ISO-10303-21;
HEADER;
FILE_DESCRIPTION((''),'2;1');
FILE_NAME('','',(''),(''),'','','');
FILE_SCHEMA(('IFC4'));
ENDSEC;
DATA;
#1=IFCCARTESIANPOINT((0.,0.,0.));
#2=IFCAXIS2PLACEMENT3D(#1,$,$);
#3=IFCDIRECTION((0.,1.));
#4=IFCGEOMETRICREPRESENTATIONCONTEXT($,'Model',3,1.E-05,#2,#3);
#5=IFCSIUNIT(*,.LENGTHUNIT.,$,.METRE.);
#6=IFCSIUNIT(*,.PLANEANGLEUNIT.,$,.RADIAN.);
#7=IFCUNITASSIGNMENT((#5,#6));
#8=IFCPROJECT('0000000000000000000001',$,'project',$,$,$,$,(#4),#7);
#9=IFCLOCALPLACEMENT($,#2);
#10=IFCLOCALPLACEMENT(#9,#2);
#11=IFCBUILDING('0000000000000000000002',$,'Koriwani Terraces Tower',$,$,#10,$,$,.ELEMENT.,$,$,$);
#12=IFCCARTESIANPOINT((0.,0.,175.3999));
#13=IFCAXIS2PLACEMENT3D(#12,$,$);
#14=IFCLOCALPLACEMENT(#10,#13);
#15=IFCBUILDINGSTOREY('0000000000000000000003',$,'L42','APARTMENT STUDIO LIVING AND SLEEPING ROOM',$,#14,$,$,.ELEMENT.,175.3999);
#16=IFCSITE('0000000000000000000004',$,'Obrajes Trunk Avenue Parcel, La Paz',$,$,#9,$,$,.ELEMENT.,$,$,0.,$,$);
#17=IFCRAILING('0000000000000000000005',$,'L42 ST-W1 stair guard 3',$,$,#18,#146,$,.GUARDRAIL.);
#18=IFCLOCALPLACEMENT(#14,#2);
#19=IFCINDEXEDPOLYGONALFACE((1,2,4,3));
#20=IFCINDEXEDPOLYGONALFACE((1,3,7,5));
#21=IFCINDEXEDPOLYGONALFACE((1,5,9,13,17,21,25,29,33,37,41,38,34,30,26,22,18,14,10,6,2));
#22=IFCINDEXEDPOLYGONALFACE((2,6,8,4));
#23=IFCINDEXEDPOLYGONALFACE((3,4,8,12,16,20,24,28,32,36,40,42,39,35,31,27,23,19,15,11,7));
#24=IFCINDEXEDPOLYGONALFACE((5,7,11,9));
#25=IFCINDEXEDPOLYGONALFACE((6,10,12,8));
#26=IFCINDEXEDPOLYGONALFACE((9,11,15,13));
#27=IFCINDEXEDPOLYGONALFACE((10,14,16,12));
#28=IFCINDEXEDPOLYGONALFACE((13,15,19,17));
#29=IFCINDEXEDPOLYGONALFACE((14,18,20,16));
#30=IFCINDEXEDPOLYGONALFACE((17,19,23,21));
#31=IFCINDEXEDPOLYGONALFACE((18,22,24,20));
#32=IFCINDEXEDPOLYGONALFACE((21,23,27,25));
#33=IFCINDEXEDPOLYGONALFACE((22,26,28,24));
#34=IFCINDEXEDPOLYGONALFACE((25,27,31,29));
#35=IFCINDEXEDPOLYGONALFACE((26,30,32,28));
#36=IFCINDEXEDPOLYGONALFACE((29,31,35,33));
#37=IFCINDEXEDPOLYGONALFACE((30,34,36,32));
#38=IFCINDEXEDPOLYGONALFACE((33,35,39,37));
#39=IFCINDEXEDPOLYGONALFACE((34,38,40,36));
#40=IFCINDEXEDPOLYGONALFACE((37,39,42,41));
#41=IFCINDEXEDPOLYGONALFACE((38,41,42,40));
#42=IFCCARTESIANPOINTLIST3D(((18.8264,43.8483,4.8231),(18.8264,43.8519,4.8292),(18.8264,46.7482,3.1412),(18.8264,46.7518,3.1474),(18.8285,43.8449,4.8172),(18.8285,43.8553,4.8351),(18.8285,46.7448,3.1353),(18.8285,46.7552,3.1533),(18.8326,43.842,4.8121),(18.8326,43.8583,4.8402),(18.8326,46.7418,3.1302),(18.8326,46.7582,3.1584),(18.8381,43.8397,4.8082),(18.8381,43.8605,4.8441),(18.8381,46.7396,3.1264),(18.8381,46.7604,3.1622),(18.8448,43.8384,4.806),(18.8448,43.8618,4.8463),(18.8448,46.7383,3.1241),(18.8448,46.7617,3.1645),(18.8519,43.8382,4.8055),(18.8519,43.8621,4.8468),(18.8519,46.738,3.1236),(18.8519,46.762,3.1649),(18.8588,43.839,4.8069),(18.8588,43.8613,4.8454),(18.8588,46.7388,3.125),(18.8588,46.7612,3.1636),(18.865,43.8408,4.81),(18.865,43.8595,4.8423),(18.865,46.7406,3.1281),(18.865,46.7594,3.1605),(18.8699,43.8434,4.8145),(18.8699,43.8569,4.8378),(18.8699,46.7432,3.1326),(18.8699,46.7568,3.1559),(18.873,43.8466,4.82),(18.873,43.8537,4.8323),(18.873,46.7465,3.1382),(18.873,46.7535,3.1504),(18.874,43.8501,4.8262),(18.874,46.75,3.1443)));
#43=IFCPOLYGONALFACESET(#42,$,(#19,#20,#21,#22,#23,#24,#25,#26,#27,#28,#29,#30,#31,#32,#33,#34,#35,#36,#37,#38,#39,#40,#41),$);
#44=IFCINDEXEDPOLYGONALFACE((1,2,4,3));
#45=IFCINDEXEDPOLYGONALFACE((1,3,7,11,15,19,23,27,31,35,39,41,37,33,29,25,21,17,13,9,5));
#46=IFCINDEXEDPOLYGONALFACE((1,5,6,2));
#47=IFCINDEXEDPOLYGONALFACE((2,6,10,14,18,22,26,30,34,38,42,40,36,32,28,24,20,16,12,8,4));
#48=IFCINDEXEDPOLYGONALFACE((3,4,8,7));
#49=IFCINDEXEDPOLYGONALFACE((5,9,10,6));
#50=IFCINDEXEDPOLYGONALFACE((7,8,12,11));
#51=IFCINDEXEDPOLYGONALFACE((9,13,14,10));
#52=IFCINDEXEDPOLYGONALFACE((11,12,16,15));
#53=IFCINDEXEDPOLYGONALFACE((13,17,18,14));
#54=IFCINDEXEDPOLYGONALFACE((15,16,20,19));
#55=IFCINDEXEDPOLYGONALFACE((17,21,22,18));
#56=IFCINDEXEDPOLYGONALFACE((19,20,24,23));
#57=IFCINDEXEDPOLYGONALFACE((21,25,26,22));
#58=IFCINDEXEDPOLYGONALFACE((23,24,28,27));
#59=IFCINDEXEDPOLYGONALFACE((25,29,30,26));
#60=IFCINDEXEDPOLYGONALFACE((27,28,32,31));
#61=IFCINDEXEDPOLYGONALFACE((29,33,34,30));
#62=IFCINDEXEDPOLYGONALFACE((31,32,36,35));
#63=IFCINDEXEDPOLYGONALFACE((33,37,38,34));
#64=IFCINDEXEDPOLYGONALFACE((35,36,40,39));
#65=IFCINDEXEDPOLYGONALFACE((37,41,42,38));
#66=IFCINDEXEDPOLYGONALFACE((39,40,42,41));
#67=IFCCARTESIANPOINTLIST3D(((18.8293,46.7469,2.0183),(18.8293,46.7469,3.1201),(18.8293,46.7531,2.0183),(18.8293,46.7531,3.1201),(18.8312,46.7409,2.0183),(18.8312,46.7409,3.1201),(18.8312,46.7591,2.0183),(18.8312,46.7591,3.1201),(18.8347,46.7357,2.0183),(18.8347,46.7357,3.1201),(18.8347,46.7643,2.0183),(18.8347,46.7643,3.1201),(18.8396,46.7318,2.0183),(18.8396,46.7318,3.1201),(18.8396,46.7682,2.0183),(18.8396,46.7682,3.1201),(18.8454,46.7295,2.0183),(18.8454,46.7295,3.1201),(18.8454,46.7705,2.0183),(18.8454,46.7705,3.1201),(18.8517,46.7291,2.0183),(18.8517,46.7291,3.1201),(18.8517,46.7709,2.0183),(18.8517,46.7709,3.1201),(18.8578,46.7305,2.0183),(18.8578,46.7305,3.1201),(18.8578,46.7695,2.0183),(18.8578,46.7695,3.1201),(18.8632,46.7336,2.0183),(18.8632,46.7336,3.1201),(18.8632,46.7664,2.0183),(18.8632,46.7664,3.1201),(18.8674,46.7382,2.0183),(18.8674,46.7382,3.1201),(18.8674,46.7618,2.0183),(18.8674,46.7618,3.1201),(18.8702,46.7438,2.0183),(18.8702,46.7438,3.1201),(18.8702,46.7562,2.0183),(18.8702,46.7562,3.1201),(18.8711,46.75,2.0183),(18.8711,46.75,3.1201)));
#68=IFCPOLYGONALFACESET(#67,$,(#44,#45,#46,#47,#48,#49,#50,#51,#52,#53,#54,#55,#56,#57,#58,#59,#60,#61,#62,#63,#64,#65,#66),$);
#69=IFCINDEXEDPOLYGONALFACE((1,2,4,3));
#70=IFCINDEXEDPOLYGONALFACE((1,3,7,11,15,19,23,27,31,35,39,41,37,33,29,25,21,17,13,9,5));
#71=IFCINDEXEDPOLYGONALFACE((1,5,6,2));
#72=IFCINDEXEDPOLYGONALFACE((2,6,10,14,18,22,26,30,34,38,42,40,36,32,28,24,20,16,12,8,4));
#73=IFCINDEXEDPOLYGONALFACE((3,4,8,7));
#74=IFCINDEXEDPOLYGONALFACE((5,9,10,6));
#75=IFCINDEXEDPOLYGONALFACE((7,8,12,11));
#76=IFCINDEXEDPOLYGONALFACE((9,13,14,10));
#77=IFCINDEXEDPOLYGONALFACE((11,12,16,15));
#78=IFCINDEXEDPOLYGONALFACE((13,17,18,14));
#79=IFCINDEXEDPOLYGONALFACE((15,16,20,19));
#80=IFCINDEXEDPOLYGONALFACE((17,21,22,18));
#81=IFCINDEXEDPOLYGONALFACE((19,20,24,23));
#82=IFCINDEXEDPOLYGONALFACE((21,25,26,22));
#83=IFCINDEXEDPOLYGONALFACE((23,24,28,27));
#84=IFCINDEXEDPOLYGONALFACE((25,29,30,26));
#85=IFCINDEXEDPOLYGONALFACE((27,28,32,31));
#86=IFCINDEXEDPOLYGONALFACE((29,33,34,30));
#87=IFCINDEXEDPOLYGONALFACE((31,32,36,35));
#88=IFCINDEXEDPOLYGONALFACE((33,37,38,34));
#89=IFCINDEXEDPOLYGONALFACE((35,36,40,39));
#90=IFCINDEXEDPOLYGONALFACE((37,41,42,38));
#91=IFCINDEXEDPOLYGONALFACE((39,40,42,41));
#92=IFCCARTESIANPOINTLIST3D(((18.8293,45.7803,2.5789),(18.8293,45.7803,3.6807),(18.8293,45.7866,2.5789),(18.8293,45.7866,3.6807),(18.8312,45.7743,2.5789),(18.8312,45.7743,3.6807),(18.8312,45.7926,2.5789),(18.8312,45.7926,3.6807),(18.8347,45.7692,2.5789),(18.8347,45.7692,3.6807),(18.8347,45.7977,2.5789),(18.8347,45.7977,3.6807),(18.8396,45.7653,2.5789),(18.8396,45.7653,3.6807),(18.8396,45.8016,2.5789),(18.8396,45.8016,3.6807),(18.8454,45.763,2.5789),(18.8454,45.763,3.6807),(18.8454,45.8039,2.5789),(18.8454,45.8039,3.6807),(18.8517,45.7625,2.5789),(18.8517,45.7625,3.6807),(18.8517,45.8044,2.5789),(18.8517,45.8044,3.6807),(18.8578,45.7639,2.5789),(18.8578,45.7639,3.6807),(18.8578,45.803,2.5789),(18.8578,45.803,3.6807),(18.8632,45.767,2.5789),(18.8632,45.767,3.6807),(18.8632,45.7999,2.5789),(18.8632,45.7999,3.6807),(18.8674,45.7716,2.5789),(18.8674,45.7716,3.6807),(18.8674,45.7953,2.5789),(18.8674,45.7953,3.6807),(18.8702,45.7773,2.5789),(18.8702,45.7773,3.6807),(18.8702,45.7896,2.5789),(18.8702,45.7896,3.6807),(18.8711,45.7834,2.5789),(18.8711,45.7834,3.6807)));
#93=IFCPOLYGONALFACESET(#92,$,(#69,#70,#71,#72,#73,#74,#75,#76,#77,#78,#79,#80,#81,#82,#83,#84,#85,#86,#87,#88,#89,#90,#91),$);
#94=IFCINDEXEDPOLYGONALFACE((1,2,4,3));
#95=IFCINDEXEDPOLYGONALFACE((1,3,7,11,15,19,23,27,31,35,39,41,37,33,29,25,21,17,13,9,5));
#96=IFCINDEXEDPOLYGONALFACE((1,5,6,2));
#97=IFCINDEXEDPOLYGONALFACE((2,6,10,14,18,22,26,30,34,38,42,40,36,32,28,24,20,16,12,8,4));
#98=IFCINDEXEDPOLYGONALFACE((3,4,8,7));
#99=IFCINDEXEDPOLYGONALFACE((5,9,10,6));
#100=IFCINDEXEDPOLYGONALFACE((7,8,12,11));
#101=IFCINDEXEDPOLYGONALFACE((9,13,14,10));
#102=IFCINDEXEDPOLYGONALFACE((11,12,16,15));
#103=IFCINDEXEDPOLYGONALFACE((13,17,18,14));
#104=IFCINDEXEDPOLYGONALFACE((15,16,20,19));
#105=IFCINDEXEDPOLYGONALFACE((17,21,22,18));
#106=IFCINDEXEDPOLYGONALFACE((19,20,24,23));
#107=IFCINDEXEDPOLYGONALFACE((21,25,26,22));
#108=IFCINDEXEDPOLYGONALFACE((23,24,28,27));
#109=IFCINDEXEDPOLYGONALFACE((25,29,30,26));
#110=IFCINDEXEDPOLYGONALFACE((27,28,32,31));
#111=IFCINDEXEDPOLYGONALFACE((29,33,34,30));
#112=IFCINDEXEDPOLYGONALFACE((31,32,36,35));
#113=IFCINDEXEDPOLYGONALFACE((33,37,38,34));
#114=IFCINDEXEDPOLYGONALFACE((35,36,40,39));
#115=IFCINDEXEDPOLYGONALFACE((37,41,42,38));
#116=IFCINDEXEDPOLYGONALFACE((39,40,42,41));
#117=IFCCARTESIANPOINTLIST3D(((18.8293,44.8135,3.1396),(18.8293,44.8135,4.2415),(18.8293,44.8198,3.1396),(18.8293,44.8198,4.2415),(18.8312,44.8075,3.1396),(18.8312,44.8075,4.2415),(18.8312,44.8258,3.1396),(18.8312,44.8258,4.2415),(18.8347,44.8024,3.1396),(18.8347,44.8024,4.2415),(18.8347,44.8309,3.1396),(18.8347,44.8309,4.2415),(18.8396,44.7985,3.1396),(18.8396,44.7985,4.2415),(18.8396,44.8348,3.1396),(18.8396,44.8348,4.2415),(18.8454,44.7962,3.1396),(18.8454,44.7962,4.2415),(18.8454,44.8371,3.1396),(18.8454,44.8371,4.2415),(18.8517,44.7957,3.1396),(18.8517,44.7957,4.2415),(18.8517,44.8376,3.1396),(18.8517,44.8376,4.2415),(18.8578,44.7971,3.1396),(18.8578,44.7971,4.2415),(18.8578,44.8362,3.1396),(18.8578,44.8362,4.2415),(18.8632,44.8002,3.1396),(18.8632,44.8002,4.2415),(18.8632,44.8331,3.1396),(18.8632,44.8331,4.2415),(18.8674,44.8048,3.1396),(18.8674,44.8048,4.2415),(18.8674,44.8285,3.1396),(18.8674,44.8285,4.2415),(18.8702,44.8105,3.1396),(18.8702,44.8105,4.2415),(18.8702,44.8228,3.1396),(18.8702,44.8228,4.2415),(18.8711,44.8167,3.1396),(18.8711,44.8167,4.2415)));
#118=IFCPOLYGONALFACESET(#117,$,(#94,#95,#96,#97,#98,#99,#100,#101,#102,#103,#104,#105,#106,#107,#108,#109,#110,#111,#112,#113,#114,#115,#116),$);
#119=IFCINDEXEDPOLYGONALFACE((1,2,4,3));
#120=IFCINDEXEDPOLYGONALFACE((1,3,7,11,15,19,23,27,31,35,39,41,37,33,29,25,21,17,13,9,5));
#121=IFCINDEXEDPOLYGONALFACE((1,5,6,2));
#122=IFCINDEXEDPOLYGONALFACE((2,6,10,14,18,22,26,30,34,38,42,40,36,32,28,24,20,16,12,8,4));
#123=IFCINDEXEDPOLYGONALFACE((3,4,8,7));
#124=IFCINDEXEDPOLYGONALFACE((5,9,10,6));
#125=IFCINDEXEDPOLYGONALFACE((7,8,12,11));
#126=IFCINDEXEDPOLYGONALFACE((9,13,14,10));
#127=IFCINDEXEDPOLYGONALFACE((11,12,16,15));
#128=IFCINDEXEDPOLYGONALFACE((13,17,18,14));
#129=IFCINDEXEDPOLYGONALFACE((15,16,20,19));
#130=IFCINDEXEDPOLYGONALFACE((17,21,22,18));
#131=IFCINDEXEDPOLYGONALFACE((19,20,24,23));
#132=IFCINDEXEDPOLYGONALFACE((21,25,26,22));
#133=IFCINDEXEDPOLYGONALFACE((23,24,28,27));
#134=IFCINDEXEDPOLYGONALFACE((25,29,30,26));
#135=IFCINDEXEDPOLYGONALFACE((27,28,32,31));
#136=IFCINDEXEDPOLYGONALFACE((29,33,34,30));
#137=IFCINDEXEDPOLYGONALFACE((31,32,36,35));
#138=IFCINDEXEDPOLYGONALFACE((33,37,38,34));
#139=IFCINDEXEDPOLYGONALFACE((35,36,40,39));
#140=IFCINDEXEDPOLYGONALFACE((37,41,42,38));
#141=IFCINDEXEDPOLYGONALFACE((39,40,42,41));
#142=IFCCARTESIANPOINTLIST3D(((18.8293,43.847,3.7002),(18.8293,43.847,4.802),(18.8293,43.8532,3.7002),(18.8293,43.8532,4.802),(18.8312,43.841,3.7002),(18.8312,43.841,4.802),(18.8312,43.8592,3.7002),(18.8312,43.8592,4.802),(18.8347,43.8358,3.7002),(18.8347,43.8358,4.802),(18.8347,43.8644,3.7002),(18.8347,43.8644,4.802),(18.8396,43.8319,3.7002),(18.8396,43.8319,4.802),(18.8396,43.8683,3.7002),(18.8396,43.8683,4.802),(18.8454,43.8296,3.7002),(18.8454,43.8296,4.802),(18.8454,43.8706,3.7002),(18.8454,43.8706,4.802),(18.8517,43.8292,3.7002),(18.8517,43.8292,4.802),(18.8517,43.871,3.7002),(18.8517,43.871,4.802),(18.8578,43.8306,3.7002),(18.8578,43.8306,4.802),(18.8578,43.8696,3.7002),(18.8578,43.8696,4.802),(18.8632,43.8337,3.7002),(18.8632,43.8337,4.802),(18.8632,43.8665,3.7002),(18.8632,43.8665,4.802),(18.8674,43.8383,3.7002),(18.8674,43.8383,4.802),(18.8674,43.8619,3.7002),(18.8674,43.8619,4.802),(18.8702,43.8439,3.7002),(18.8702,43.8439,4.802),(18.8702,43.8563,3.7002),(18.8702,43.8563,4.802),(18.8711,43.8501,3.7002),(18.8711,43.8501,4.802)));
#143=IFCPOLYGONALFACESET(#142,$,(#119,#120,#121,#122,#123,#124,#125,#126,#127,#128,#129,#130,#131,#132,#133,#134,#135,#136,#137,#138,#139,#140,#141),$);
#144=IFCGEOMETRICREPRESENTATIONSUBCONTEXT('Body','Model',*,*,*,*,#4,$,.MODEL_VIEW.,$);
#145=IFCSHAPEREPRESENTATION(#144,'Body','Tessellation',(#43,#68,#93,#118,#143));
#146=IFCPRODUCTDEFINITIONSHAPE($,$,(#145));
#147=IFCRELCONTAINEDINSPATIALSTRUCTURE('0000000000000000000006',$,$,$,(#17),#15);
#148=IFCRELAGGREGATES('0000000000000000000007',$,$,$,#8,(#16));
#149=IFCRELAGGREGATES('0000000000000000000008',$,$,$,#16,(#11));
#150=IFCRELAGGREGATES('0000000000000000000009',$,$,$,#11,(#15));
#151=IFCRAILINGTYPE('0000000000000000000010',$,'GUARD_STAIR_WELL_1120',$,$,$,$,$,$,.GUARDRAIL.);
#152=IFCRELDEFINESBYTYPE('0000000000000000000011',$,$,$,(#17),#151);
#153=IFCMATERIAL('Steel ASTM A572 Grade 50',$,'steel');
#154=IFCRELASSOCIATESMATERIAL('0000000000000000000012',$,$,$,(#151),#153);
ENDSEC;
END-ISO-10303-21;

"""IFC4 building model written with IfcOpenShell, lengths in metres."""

from ifc_helpers import new_model, si_unit, direction, frame, origin, origin_2d, place, context, subcontext, project, spatial, circle, extrude, material, type_object, element, save


model = new_model("IFC4")

# Units and contexts
model_context = context("Model", 3, precision=1e-05, world=origin(), true_north=direction((0.0, 1.0)))
body_context = subcontext(model_context, "Body", "Model", "MODEL_VIEW")
ifc_project = project(units=[si_unit("LENGTHUNIT", "METRE"), si_unit("PLANEANGLEUNIT", "RADIAN")], contexts=[model_context])

# Site, building, storey
site_placement = place(None, origin())
site = spatial("IfcSite", under=ifc_project, at=site_placement, Name="Obrajes Trunk Avenue Parcel, La Paz", CompositionType="ELEMENT", RefElevation=0.0)
building_placement = place(site_placement, origin())
building = spatial("IfcBuilding", under=site, at=building_placement, Name="Koriwani Terraces Tower", CompositionType="ELEMENT")
storey_placement = place(building_placement, frame((0.0, 0.0, 175.3999)))
storey = spatial("IfcBuildingStorey", under=building, at=storey_placement, Name="L42", Description="APARTMENT STUDIO LIVING AND SLEEPING ROOM", CompositionType="ELEMENT", Elevation=175.3999)

# Shared definitions
ifc_material_1 = material(Name="Steel ASTM A572 Grade 50", Category="steel")

# Railing
railing_type_1 = type_object("IfcRailingType", Name="GUARD_STAIR_WELL_1120", PredefinedType="GUARDRAIL", material=ifc_material_1)
railing_1_placement = place(storey_placement, frame((18.8501, 46.75, 2.0183)))
element("IfcRailing", 1, at=railing_1_placement, inside=storey, type_object=railing_type_1, Name="L42 ST-W1 stair guard 3", PredefinedType="GUARDRAIL", context=body_context, shape_type="SweptSolid", body=[
    extrude(circle(Radius=0.0239, at=origin_2d()), frame((0.0, 0.0, 1.126), z_axis=(0.0, -0.865039, 0.501705), x_axis=(1.0, 0.0, 0.0)), (0.0, 0.0, 1.0), 3.3523),
    extrude(circle(Radius=0.021, at=origin_2d()), origin(), (0.0, 0.0, 1.0), 1.1018),
    extrude(circle(Radius=0.021, at=origin_2d()), frame((0.0, -0.9666, 0.5605)), (0.0, 0.0, 1.0), 1.1018),
    extrude(circle(Radius=0.021, at=origin_2d()), frame((0.0, -1.9333, 1.1213)), (0.0, 0.0, 1.0), 1.1018),
    extrude(circle(Radius=0.021, at=origin_2d()), frame((0.0, -2.8999, 1.6819)), (0.0, 0.0, 1.0), 1.1018),
])

save(model, "model.ifc")
